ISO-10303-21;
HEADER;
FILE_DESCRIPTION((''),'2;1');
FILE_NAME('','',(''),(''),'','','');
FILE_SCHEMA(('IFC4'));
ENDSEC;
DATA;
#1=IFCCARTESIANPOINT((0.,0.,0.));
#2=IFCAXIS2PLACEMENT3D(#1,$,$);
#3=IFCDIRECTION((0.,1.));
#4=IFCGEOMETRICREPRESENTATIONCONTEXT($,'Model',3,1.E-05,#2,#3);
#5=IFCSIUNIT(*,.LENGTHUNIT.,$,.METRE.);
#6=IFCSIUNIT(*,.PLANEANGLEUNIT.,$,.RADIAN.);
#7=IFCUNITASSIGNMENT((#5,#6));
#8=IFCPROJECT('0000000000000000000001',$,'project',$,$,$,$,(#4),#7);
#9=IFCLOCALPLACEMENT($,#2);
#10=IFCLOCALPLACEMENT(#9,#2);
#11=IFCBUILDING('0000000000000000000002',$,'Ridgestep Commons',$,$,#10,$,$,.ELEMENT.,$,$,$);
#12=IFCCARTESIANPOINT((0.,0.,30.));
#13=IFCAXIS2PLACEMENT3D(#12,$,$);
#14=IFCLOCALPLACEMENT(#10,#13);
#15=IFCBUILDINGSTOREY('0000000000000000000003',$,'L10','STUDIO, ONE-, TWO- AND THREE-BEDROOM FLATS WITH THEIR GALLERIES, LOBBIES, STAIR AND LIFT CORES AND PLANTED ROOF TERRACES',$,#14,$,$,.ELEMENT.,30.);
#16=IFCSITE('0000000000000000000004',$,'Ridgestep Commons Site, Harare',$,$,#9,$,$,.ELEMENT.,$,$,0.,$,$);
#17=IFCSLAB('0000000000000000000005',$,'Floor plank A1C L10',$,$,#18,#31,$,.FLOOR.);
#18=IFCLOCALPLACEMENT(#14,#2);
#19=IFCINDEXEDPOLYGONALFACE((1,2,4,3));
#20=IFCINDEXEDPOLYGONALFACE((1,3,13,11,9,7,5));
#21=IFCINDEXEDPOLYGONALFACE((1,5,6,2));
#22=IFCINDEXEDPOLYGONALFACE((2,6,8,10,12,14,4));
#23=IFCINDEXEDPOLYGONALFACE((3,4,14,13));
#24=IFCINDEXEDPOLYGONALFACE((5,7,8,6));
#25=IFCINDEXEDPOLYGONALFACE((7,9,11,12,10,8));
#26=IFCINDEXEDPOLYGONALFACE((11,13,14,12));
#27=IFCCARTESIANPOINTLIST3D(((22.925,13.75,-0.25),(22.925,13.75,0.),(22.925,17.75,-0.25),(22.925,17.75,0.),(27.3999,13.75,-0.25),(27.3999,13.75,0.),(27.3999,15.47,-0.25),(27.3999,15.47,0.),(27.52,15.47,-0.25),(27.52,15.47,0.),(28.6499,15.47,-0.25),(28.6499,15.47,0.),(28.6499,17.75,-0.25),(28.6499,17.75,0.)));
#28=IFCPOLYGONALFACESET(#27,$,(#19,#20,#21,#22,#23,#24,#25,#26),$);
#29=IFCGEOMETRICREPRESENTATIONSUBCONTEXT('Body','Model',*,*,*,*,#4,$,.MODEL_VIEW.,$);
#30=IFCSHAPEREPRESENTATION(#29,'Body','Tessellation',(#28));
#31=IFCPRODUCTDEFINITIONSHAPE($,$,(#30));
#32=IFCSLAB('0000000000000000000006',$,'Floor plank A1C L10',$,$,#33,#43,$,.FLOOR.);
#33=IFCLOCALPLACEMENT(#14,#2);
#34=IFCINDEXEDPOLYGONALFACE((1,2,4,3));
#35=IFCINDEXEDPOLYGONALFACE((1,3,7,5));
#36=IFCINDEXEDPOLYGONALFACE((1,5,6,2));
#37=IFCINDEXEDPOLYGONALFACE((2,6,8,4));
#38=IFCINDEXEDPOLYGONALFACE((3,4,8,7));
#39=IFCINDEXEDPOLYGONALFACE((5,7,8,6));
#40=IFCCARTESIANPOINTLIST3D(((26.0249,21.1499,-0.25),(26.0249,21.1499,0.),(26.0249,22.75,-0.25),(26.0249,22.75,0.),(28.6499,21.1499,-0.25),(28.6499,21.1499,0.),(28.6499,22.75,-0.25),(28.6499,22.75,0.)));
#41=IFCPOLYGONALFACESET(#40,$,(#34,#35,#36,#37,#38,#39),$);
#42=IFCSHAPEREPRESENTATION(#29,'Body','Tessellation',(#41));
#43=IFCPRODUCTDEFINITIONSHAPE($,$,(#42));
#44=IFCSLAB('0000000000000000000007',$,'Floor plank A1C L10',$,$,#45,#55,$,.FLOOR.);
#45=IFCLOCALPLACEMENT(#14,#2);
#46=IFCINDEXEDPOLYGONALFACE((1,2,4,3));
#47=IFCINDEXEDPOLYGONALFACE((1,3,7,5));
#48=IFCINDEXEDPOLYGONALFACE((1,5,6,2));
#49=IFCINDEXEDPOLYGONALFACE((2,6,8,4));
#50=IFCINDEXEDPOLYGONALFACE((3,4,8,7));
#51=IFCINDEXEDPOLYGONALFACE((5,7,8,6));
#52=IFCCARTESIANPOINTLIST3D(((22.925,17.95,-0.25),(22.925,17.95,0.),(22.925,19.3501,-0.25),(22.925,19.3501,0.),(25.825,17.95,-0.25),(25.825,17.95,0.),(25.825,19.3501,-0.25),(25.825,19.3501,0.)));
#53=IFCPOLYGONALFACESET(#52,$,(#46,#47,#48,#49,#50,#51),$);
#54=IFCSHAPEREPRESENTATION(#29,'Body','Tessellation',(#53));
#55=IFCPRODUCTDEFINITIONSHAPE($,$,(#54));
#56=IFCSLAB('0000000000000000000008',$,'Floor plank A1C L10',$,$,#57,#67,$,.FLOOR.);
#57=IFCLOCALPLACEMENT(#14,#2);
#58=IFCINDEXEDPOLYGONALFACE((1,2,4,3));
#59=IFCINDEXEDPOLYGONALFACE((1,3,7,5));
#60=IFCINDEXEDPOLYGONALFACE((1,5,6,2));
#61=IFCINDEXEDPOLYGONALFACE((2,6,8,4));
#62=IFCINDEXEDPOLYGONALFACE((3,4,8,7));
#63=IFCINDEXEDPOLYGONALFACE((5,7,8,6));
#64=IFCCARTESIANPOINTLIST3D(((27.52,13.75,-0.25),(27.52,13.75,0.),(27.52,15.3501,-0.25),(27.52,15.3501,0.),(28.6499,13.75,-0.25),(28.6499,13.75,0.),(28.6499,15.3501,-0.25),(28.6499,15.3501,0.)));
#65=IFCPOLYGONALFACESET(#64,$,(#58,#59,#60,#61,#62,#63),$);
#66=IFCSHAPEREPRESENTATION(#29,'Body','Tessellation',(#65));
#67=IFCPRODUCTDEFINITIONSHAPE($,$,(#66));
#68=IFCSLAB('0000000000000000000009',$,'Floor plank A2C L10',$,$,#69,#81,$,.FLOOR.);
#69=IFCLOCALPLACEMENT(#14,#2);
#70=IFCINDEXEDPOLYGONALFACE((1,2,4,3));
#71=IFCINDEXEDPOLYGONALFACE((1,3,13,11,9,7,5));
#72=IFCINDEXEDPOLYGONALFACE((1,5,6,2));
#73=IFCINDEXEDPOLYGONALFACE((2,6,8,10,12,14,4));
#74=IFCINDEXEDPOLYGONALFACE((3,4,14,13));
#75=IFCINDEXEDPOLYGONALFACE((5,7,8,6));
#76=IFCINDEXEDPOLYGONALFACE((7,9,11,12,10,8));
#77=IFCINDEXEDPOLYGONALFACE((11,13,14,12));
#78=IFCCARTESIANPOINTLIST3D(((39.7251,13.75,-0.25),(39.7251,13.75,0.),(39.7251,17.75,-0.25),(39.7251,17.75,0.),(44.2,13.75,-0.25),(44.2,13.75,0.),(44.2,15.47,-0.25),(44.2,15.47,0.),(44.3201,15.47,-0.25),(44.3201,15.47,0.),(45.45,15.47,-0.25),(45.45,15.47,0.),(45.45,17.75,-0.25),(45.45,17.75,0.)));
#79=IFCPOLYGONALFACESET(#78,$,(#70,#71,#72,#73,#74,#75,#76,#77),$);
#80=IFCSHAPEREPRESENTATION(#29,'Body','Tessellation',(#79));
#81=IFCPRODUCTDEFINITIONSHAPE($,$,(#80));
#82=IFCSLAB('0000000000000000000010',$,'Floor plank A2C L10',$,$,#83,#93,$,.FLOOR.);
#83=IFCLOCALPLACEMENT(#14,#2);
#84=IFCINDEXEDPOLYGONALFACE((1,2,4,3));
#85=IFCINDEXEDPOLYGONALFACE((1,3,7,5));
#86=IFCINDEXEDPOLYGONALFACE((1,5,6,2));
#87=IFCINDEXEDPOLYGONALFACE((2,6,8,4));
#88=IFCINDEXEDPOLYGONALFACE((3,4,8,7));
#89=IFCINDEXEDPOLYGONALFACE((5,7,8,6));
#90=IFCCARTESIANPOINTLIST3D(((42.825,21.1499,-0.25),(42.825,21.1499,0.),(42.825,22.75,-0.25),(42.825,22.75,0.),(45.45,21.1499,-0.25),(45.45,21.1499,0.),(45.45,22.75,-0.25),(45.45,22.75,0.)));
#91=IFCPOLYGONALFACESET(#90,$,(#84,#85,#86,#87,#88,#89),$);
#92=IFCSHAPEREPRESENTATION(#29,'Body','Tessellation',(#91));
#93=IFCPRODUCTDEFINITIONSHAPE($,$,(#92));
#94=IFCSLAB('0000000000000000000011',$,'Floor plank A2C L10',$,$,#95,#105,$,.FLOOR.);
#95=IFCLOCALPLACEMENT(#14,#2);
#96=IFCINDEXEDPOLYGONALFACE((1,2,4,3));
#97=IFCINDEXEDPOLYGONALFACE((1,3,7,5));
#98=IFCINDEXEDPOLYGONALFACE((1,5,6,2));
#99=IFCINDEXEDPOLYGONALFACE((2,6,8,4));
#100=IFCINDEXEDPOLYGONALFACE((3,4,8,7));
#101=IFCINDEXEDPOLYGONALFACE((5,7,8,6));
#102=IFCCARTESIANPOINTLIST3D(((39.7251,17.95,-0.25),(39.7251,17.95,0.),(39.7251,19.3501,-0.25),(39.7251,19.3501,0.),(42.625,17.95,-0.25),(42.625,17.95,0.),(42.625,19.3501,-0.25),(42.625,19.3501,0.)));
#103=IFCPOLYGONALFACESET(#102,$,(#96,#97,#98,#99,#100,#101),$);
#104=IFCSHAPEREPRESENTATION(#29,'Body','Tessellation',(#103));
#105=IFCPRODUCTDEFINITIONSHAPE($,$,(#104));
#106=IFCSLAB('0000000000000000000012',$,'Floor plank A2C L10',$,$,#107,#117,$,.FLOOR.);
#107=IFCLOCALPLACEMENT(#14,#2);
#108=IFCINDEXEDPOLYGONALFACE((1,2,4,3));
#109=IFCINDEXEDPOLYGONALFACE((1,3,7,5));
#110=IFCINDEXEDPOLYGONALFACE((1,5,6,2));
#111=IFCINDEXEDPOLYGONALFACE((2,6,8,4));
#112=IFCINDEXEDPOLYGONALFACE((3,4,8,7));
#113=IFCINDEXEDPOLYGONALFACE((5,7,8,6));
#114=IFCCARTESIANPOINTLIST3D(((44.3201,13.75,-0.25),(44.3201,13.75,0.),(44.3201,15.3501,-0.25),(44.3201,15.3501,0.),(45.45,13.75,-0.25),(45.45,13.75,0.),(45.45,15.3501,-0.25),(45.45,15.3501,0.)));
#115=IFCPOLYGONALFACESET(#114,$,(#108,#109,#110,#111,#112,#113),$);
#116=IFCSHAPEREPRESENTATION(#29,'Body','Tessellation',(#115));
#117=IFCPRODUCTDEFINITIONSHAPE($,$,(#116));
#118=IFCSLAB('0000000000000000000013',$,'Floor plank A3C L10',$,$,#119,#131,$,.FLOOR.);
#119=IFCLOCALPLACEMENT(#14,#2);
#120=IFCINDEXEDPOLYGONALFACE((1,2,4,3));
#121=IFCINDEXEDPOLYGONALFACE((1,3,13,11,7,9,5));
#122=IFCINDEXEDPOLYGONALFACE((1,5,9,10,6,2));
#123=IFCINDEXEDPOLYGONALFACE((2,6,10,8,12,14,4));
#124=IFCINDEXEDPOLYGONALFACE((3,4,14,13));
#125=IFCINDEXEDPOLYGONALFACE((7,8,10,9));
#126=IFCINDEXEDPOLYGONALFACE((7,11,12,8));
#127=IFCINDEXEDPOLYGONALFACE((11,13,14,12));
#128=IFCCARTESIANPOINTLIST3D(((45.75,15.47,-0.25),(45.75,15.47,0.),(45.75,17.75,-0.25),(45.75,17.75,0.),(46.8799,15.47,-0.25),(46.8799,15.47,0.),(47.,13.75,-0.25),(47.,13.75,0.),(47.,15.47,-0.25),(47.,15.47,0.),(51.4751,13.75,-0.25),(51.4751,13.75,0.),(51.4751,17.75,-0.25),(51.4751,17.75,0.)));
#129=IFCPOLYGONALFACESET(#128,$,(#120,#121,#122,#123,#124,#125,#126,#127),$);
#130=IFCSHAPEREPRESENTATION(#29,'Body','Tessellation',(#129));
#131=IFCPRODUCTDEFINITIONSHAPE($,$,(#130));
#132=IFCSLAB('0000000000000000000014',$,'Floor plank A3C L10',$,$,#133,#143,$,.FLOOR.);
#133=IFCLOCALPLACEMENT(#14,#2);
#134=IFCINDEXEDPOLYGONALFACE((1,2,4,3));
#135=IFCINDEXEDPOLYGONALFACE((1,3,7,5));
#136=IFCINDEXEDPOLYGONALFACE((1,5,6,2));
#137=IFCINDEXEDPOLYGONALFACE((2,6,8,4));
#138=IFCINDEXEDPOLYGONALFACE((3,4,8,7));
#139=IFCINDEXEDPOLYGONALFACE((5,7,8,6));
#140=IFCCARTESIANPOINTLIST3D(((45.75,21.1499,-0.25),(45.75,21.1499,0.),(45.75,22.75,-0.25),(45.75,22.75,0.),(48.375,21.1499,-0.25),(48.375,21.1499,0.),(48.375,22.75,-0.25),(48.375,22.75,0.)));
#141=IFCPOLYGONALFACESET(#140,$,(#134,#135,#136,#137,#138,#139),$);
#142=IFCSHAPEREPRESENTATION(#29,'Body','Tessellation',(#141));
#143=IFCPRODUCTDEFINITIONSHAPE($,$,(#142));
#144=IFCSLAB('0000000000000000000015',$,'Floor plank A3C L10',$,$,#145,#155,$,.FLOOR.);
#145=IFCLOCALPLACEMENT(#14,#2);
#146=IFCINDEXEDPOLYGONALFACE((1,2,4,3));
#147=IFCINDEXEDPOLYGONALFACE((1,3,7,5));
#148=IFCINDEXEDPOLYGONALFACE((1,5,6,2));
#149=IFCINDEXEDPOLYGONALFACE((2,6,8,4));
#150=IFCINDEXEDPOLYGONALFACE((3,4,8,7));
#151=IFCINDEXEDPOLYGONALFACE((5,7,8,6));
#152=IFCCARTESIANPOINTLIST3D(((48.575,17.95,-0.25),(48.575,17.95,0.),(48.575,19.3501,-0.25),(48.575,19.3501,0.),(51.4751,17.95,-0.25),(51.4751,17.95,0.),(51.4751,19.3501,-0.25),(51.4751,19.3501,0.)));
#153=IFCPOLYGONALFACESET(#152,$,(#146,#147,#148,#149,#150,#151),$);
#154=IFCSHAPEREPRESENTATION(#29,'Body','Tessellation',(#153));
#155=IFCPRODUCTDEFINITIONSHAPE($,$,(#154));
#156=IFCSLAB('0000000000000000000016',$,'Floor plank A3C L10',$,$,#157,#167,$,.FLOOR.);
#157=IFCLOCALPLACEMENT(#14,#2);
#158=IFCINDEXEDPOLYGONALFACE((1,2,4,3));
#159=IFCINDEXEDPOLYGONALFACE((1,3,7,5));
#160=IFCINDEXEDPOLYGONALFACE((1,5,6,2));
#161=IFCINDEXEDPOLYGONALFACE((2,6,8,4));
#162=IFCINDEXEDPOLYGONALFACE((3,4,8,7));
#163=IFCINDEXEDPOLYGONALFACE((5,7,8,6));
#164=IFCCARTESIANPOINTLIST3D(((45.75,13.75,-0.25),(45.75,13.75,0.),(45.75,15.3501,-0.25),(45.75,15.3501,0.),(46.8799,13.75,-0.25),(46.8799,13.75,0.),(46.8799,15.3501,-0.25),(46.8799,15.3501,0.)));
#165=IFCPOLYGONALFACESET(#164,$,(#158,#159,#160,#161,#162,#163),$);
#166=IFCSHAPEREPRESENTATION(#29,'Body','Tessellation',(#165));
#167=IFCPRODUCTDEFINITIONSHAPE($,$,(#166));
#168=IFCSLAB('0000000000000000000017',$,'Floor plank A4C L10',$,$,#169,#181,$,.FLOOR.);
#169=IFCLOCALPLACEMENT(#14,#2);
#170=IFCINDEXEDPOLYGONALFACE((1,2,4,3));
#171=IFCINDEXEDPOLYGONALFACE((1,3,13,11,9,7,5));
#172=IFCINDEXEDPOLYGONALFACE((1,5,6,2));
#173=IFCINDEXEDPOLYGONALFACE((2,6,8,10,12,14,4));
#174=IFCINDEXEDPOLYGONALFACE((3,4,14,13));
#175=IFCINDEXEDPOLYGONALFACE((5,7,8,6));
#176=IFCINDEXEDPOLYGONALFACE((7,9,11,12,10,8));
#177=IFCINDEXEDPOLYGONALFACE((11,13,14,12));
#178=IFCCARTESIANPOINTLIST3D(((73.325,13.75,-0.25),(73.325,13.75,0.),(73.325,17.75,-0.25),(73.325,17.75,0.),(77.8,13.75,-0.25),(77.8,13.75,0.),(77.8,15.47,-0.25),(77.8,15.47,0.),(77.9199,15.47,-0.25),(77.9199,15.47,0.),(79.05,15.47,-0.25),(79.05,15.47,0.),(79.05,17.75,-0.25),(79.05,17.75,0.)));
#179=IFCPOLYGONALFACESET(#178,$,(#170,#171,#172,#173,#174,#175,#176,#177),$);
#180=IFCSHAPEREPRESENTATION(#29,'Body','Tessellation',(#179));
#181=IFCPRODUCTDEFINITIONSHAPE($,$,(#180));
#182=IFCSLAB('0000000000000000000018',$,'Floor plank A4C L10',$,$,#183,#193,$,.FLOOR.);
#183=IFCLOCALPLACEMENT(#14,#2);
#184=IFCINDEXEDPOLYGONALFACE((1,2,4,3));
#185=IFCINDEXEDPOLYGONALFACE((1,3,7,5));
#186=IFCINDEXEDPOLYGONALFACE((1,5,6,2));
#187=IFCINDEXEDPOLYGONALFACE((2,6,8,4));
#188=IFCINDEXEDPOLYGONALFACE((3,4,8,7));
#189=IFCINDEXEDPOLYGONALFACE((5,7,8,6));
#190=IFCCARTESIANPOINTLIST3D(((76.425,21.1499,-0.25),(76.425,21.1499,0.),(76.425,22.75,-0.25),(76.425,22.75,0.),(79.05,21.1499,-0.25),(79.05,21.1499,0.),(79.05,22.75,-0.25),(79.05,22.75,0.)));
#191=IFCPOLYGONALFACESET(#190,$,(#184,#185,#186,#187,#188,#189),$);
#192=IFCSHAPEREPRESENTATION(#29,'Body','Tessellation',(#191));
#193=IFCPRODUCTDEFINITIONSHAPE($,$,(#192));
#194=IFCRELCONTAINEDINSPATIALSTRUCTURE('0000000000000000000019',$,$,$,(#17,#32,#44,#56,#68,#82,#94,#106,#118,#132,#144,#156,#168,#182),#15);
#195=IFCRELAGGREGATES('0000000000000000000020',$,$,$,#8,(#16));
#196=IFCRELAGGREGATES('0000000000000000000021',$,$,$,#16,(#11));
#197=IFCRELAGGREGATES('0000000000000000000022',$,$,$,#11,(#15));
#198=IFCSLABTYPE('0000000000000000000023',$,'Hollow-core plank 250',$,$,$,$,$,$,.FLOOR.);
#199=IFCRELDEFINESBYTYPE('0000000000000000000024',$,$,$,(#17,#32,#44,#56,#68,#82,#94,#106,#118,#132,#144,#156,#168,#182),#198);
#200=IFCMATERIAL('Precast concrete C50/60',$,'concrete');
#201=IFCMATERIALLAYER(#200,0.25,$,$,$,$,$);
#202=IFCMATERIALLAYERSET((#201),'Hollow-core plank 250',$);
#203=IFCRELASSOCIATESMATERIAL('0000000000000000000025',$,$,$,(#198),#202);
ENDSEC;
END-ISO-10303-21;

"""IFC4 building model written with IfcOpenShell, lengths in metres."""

from ifc_helpers import new_model, si_unit, direction, frame, origin, place, context, subcontext, project, spatial, polyline, outline, extrude, material, layer, layer_set, type_object, element, save


model = new_model("IFC4")

# Units and contexts
model_context = context("Model", 3, precision=1e-05, world=origin(), true_north=direction((0.0, 1.0)))
body_context = subcontext(model_context, "Body", "Model", "MODEL_VIEW")
ifc_project = project(units=[si_unit("LENGTHUNIT", "METRE"), si_unit("PLANEANGLEUNIT", "RADIAN")], contexts=[model_context])

# Site, building, storey
site_placement = place(None, origin())
site = spatial("IfcSite", under=ifc_project, at=site_placement, Name="Ridgestep Commons Site, Harare", CompositionType="ELEMENT", RefElevation=0.0)
building_placement = place(site_placement, origin())
building = spatial("IfcBuilding", under=site, at=building_placement, Name="Ridgestep Commons", CompositionType="ELEMENT")
storey_placement = place(building_placement, frame((0.0, 0.0, 30.0)))
storey = spatial("IfcBuildingStorey", under=building, at=storey_placement, Name="L10", Description="STUDIO, ONE-, TWO- AND THREE-BEDROOM FLATS WITH THEIR GALLERIES, LOBBIES, STAIR AND LIFT CORES AND PLANTED ROOF TERRACES", CompositionType="ELEMENT", Elevation=30.0)

# Slabs
ifc_material_1 = material(Name="Precast concrete C50/60", Category="concrete")
ifc_layer_1 = layer(ifc_material_1, 0.25)
ifc_layer_set_1 = layer_set([ifc_layer_1], Name="Hollow-core plank 250")
slab_type_1 = type_object("IfcSlabType", Name="Hollow-core plank 250", PredefinedType="FLOOR", material=ifc_layer_set_1)
slab_1_placement = place(storey_placement, frame((0.0, 0.0, -0.25)))
element("IfcSlab", 1, at=slab_1_placement, inside=storey, type_object=slab_type_1, Name="Floor plank A1C L10", PredefinedType="FLOOR", context=body_context, shape_type="SweptSolid", body=[
    extrude(outline(polyline([(27.52, 15.47), (28.6499, 15.47), (28.6499, 17.75), (22.925, 17.75), (22.925, 13.75), (27.3999, 13.75), (27.3999, 15.47), (27.52, 15.47)])), origin(), (0.0, 0.0, 1.0), 0.25),
])
slab_2_placement = place(storey_placement, frame((0.0, 0.0, -0.25)))
element("IfcSlab", 2, at=slab_2_placement, inside=storey, type_object=slab_type_1, Name="Floor plank A1C L10", PredefinedType="FLOOR", context=body_context, shape_type="SweptSolid", body=[
    extrude(outline(polyline([(28.6499, 21.1499), (28.6499, 22.75), (26.0249, 22.75), (26.0249, 21.1499), (28.6499, 21.1499)])), origin(), (0.0, 0.0, 1.0), 0.25),
])
slab_3_placement = place(storey_placement, frame((0.0, 0.0, -0.25)))
element("IfcSlab", 3, at=slab_3_placement, inside=storey, type_object=slab_type_1, Name="Floor plank A1C L10", PredefinedType="FLOOR", context=body_context, shape_type="SweptSolid", body=[
    extrude(outline(polyline([(25.825, 17.95), (25.825, 19.3501), (22.925, 19.3501), (22.925, 17.95), (25.825, 17.95)])), origin(), (0.0, 0.0, 1.0), 0.25),
])
slab_4_placement = place(storey_placement, frame((0.0, 0.0, -0.25)))
element("IfcSlab", 4, at=slab_4_placement, inside=storey, type_object=slab_type_1, Name="Floor plank A1C L10", PredefinedType="FLOOR", context=body_context, shape_type="SweptSolid", body=[
    extrude(outline(polyline([(27.52, 13.75), (28.6499, 13.75), (28.6499, 15.3501), (27.52, 15.3501), (27.52, 13.75)])), origin(), (0.0, 0.0, 1.0), 0.25),
])
slab_5_placement = place(storey_placement, frame((0.0, 0.0, -0.25)))
element("IfcSlab", 5, at=slab_5_placement, inside=storey, type_object=slab_type_1, Name="Floor plank A2C L10", PredefinedType="FLOOR", context=body_context, shape_type="SweptSolid", body=[
    extrude(outline(polyline([(44.3201, 15.47), (45.45, 15.47), (45.45, 17.75), (39.7251, 17.75), (39.7251, 13.75), (44.2, 13.75), (44.2, 15.47), (44.3201, 15.47)])), origin(), (0.0, 0.0, 1.0), 0.25),
])
slab_6_placement = place(storey_placement, frame((0.0, 0.0, -0.25)))
element("IfcSlab", 6, at=slab_6_placement, inside=storey, type_object=slab_type_1, Name="Floor plank A2C L10", PredefinedType="FLOOR", context=body_context, shape_type="SweptSolid", body=[
    extrude(outline(polyline([(45.45, 21.1499), (45.45, 22.75), (42.825, 22.75), (42.825, 21.1499), (45.45, 21.1499)])), origin(), (0.0, 0.0, 1.0), 0.25),
])
slab_7_placement = place(storey_placement, frame((0.0, 0.0, -0.25)))
element("IfcSlab", 7, at=slab_7_placement, inside=storey, type_object=slab_type_1, Name="Floor plank A2C L10", PredefinedType="FLOOR", context=body_context, shape_type="SweptSolid", body=[
    extrude(outline(polyline([(42.625, 17.95), (42.625, 19.3501), (39.7251, 19.3501), (39.7251, 17.95), (42.625, 17.95)])), origin(), (0.0, 0.0, 1.0), 0.25),
])
slab_8_placement = place(storey_placement, frame((0.0, 0.0, -0.25)))
element("IfcSlab", 8, at=slab_8_placement, inside=storey, type_object=slab_type_1, Name="Floor plank A2C L10", PredefinedType="FLOOR", context=body_context, shape_type="SweptSolid", body=[
    extrude(outline(polyline([(44.3201, 13.75), (45.45, 13.75), (45.45, 15.3501), (44.3201, 15.3501), (44.3201, 13.75)])), origin(), (0.0, 0.0, 1.0), 0.25),
])
slab_9_placement = place(storey_placement, frame((0.0, 0.0, -0.25)))
element("IfcSlab", 9, at=slab_9_placement, inside=storey, type_object=slab_type_1, Name="Floor plank A3C L10", PredefinedType="FLOOR", context=body_context, shape_type="SweptSolid", body=[
    extrude(outline(polyline([(47.0, 13.75), (51.4751, 13.75), (51.4751, 17.75), (45.75, 17.75), (45.75, 15.47), (46.8799, 15.47), (47.0, 15.47), (47.0, 13.75)])), origin(), (0.0, 0.0, 1.0), 0.25),
])
slab_10_placement = place(storey_placement, frame((0.0, 0.0, -0.25)))
element("IfcSlab", 10, at=slab_10_placement, inside=storey, type_object=slab_type_1, Name="Floor plank A3C L10", PredefinedType="FLOOR", context=body_context, shape_type="SweptSolid", body=[
    extrude(outline(polyline([(48.375, 22.75), (45.75, 22.75), (45.75, 21.1499), (48.375, 21.1499), (48.375, 22.75)])), origin(), (0.0, 0.0, 1.0), 0.25),
])
slab_11_placement = place(storey_placement, frame((0.0, 0.0, -0.25)))
element("IfcSlab", 11, at=slab_11_placement, inside=storey, type_object=slab_type_1, Name="Floor plank A3C L10", PredefinedType="FLOOR", context=body_context, shape_type="SweptSolid", body=[
    extrude(outline(polyline([(51.4751, 17.95), (51.4751, 19.3501), (48.575, 19.3501), (48.575, 17.95), (51.4751, 17.95)])), origin(), (0.0, 0.0, 1.0), 0.25),
])
slab_12_placement = place(storey_placement, frame((0.0, 0.0, -0.25)))
element("IfcSlab", 12, at=slab_12_placement, inside=storey, type_object=slab_type_1, Name="Floor plank A3C L10", PredefinedType="FLOOR", context=body_context, shape_type="SweptSolid", body=[
    extrude(outline(polyline([(46.8799, 15.3501), (45.75, 15.3501), (45.75, 13.75), (46.8799, 13.75), (46.8799, 15.3501)])), origin(), (0.0, 0.0, 1.0), 0.25),
])
slab_13_placement = place(storey_placement, frame((0.0, 0.0, -0.25)))
element("IfcSlab", 13, at=slab_13_placement, inside=storey, type_object=slab_type_1, Name="Floor plank A4C L10", PredefinedType="FLOOR", context=body_context, shape_type="SweptSolid", body=[
    extrude(outline(polyline([(77.9199, 15.47), (79.05, 15.47), (79.05, 17.75), (73.325, 17.75), (73.325, 13.75), (77.8, 13.75), (77.8, 15.47), (77.9199, 15.47)])), origin(), (0.0, 0.0, 1.0), 0.25),
])
slab_14_placement = place(storey_placement, frame((0.0, 0.0, -0.25)))
element("IfcSlab", 14, at=slab_14_placement, inside=storey, type_object=slab_type_1, Name="Floor plank A4C L10", PredefinedType="FLOOR", context=body_context, shape_type="SweptSolid", body=[
    extrude(outline(polyline([(79.05, 21.1499), (79.05, 22.75), (76.425, 22.75), (76.425, 21.1499), (79.05, 21.1499)])), origin(), (0.0, 0.0, 1.0), 0.25),
])

save(model, "model.ifc")
